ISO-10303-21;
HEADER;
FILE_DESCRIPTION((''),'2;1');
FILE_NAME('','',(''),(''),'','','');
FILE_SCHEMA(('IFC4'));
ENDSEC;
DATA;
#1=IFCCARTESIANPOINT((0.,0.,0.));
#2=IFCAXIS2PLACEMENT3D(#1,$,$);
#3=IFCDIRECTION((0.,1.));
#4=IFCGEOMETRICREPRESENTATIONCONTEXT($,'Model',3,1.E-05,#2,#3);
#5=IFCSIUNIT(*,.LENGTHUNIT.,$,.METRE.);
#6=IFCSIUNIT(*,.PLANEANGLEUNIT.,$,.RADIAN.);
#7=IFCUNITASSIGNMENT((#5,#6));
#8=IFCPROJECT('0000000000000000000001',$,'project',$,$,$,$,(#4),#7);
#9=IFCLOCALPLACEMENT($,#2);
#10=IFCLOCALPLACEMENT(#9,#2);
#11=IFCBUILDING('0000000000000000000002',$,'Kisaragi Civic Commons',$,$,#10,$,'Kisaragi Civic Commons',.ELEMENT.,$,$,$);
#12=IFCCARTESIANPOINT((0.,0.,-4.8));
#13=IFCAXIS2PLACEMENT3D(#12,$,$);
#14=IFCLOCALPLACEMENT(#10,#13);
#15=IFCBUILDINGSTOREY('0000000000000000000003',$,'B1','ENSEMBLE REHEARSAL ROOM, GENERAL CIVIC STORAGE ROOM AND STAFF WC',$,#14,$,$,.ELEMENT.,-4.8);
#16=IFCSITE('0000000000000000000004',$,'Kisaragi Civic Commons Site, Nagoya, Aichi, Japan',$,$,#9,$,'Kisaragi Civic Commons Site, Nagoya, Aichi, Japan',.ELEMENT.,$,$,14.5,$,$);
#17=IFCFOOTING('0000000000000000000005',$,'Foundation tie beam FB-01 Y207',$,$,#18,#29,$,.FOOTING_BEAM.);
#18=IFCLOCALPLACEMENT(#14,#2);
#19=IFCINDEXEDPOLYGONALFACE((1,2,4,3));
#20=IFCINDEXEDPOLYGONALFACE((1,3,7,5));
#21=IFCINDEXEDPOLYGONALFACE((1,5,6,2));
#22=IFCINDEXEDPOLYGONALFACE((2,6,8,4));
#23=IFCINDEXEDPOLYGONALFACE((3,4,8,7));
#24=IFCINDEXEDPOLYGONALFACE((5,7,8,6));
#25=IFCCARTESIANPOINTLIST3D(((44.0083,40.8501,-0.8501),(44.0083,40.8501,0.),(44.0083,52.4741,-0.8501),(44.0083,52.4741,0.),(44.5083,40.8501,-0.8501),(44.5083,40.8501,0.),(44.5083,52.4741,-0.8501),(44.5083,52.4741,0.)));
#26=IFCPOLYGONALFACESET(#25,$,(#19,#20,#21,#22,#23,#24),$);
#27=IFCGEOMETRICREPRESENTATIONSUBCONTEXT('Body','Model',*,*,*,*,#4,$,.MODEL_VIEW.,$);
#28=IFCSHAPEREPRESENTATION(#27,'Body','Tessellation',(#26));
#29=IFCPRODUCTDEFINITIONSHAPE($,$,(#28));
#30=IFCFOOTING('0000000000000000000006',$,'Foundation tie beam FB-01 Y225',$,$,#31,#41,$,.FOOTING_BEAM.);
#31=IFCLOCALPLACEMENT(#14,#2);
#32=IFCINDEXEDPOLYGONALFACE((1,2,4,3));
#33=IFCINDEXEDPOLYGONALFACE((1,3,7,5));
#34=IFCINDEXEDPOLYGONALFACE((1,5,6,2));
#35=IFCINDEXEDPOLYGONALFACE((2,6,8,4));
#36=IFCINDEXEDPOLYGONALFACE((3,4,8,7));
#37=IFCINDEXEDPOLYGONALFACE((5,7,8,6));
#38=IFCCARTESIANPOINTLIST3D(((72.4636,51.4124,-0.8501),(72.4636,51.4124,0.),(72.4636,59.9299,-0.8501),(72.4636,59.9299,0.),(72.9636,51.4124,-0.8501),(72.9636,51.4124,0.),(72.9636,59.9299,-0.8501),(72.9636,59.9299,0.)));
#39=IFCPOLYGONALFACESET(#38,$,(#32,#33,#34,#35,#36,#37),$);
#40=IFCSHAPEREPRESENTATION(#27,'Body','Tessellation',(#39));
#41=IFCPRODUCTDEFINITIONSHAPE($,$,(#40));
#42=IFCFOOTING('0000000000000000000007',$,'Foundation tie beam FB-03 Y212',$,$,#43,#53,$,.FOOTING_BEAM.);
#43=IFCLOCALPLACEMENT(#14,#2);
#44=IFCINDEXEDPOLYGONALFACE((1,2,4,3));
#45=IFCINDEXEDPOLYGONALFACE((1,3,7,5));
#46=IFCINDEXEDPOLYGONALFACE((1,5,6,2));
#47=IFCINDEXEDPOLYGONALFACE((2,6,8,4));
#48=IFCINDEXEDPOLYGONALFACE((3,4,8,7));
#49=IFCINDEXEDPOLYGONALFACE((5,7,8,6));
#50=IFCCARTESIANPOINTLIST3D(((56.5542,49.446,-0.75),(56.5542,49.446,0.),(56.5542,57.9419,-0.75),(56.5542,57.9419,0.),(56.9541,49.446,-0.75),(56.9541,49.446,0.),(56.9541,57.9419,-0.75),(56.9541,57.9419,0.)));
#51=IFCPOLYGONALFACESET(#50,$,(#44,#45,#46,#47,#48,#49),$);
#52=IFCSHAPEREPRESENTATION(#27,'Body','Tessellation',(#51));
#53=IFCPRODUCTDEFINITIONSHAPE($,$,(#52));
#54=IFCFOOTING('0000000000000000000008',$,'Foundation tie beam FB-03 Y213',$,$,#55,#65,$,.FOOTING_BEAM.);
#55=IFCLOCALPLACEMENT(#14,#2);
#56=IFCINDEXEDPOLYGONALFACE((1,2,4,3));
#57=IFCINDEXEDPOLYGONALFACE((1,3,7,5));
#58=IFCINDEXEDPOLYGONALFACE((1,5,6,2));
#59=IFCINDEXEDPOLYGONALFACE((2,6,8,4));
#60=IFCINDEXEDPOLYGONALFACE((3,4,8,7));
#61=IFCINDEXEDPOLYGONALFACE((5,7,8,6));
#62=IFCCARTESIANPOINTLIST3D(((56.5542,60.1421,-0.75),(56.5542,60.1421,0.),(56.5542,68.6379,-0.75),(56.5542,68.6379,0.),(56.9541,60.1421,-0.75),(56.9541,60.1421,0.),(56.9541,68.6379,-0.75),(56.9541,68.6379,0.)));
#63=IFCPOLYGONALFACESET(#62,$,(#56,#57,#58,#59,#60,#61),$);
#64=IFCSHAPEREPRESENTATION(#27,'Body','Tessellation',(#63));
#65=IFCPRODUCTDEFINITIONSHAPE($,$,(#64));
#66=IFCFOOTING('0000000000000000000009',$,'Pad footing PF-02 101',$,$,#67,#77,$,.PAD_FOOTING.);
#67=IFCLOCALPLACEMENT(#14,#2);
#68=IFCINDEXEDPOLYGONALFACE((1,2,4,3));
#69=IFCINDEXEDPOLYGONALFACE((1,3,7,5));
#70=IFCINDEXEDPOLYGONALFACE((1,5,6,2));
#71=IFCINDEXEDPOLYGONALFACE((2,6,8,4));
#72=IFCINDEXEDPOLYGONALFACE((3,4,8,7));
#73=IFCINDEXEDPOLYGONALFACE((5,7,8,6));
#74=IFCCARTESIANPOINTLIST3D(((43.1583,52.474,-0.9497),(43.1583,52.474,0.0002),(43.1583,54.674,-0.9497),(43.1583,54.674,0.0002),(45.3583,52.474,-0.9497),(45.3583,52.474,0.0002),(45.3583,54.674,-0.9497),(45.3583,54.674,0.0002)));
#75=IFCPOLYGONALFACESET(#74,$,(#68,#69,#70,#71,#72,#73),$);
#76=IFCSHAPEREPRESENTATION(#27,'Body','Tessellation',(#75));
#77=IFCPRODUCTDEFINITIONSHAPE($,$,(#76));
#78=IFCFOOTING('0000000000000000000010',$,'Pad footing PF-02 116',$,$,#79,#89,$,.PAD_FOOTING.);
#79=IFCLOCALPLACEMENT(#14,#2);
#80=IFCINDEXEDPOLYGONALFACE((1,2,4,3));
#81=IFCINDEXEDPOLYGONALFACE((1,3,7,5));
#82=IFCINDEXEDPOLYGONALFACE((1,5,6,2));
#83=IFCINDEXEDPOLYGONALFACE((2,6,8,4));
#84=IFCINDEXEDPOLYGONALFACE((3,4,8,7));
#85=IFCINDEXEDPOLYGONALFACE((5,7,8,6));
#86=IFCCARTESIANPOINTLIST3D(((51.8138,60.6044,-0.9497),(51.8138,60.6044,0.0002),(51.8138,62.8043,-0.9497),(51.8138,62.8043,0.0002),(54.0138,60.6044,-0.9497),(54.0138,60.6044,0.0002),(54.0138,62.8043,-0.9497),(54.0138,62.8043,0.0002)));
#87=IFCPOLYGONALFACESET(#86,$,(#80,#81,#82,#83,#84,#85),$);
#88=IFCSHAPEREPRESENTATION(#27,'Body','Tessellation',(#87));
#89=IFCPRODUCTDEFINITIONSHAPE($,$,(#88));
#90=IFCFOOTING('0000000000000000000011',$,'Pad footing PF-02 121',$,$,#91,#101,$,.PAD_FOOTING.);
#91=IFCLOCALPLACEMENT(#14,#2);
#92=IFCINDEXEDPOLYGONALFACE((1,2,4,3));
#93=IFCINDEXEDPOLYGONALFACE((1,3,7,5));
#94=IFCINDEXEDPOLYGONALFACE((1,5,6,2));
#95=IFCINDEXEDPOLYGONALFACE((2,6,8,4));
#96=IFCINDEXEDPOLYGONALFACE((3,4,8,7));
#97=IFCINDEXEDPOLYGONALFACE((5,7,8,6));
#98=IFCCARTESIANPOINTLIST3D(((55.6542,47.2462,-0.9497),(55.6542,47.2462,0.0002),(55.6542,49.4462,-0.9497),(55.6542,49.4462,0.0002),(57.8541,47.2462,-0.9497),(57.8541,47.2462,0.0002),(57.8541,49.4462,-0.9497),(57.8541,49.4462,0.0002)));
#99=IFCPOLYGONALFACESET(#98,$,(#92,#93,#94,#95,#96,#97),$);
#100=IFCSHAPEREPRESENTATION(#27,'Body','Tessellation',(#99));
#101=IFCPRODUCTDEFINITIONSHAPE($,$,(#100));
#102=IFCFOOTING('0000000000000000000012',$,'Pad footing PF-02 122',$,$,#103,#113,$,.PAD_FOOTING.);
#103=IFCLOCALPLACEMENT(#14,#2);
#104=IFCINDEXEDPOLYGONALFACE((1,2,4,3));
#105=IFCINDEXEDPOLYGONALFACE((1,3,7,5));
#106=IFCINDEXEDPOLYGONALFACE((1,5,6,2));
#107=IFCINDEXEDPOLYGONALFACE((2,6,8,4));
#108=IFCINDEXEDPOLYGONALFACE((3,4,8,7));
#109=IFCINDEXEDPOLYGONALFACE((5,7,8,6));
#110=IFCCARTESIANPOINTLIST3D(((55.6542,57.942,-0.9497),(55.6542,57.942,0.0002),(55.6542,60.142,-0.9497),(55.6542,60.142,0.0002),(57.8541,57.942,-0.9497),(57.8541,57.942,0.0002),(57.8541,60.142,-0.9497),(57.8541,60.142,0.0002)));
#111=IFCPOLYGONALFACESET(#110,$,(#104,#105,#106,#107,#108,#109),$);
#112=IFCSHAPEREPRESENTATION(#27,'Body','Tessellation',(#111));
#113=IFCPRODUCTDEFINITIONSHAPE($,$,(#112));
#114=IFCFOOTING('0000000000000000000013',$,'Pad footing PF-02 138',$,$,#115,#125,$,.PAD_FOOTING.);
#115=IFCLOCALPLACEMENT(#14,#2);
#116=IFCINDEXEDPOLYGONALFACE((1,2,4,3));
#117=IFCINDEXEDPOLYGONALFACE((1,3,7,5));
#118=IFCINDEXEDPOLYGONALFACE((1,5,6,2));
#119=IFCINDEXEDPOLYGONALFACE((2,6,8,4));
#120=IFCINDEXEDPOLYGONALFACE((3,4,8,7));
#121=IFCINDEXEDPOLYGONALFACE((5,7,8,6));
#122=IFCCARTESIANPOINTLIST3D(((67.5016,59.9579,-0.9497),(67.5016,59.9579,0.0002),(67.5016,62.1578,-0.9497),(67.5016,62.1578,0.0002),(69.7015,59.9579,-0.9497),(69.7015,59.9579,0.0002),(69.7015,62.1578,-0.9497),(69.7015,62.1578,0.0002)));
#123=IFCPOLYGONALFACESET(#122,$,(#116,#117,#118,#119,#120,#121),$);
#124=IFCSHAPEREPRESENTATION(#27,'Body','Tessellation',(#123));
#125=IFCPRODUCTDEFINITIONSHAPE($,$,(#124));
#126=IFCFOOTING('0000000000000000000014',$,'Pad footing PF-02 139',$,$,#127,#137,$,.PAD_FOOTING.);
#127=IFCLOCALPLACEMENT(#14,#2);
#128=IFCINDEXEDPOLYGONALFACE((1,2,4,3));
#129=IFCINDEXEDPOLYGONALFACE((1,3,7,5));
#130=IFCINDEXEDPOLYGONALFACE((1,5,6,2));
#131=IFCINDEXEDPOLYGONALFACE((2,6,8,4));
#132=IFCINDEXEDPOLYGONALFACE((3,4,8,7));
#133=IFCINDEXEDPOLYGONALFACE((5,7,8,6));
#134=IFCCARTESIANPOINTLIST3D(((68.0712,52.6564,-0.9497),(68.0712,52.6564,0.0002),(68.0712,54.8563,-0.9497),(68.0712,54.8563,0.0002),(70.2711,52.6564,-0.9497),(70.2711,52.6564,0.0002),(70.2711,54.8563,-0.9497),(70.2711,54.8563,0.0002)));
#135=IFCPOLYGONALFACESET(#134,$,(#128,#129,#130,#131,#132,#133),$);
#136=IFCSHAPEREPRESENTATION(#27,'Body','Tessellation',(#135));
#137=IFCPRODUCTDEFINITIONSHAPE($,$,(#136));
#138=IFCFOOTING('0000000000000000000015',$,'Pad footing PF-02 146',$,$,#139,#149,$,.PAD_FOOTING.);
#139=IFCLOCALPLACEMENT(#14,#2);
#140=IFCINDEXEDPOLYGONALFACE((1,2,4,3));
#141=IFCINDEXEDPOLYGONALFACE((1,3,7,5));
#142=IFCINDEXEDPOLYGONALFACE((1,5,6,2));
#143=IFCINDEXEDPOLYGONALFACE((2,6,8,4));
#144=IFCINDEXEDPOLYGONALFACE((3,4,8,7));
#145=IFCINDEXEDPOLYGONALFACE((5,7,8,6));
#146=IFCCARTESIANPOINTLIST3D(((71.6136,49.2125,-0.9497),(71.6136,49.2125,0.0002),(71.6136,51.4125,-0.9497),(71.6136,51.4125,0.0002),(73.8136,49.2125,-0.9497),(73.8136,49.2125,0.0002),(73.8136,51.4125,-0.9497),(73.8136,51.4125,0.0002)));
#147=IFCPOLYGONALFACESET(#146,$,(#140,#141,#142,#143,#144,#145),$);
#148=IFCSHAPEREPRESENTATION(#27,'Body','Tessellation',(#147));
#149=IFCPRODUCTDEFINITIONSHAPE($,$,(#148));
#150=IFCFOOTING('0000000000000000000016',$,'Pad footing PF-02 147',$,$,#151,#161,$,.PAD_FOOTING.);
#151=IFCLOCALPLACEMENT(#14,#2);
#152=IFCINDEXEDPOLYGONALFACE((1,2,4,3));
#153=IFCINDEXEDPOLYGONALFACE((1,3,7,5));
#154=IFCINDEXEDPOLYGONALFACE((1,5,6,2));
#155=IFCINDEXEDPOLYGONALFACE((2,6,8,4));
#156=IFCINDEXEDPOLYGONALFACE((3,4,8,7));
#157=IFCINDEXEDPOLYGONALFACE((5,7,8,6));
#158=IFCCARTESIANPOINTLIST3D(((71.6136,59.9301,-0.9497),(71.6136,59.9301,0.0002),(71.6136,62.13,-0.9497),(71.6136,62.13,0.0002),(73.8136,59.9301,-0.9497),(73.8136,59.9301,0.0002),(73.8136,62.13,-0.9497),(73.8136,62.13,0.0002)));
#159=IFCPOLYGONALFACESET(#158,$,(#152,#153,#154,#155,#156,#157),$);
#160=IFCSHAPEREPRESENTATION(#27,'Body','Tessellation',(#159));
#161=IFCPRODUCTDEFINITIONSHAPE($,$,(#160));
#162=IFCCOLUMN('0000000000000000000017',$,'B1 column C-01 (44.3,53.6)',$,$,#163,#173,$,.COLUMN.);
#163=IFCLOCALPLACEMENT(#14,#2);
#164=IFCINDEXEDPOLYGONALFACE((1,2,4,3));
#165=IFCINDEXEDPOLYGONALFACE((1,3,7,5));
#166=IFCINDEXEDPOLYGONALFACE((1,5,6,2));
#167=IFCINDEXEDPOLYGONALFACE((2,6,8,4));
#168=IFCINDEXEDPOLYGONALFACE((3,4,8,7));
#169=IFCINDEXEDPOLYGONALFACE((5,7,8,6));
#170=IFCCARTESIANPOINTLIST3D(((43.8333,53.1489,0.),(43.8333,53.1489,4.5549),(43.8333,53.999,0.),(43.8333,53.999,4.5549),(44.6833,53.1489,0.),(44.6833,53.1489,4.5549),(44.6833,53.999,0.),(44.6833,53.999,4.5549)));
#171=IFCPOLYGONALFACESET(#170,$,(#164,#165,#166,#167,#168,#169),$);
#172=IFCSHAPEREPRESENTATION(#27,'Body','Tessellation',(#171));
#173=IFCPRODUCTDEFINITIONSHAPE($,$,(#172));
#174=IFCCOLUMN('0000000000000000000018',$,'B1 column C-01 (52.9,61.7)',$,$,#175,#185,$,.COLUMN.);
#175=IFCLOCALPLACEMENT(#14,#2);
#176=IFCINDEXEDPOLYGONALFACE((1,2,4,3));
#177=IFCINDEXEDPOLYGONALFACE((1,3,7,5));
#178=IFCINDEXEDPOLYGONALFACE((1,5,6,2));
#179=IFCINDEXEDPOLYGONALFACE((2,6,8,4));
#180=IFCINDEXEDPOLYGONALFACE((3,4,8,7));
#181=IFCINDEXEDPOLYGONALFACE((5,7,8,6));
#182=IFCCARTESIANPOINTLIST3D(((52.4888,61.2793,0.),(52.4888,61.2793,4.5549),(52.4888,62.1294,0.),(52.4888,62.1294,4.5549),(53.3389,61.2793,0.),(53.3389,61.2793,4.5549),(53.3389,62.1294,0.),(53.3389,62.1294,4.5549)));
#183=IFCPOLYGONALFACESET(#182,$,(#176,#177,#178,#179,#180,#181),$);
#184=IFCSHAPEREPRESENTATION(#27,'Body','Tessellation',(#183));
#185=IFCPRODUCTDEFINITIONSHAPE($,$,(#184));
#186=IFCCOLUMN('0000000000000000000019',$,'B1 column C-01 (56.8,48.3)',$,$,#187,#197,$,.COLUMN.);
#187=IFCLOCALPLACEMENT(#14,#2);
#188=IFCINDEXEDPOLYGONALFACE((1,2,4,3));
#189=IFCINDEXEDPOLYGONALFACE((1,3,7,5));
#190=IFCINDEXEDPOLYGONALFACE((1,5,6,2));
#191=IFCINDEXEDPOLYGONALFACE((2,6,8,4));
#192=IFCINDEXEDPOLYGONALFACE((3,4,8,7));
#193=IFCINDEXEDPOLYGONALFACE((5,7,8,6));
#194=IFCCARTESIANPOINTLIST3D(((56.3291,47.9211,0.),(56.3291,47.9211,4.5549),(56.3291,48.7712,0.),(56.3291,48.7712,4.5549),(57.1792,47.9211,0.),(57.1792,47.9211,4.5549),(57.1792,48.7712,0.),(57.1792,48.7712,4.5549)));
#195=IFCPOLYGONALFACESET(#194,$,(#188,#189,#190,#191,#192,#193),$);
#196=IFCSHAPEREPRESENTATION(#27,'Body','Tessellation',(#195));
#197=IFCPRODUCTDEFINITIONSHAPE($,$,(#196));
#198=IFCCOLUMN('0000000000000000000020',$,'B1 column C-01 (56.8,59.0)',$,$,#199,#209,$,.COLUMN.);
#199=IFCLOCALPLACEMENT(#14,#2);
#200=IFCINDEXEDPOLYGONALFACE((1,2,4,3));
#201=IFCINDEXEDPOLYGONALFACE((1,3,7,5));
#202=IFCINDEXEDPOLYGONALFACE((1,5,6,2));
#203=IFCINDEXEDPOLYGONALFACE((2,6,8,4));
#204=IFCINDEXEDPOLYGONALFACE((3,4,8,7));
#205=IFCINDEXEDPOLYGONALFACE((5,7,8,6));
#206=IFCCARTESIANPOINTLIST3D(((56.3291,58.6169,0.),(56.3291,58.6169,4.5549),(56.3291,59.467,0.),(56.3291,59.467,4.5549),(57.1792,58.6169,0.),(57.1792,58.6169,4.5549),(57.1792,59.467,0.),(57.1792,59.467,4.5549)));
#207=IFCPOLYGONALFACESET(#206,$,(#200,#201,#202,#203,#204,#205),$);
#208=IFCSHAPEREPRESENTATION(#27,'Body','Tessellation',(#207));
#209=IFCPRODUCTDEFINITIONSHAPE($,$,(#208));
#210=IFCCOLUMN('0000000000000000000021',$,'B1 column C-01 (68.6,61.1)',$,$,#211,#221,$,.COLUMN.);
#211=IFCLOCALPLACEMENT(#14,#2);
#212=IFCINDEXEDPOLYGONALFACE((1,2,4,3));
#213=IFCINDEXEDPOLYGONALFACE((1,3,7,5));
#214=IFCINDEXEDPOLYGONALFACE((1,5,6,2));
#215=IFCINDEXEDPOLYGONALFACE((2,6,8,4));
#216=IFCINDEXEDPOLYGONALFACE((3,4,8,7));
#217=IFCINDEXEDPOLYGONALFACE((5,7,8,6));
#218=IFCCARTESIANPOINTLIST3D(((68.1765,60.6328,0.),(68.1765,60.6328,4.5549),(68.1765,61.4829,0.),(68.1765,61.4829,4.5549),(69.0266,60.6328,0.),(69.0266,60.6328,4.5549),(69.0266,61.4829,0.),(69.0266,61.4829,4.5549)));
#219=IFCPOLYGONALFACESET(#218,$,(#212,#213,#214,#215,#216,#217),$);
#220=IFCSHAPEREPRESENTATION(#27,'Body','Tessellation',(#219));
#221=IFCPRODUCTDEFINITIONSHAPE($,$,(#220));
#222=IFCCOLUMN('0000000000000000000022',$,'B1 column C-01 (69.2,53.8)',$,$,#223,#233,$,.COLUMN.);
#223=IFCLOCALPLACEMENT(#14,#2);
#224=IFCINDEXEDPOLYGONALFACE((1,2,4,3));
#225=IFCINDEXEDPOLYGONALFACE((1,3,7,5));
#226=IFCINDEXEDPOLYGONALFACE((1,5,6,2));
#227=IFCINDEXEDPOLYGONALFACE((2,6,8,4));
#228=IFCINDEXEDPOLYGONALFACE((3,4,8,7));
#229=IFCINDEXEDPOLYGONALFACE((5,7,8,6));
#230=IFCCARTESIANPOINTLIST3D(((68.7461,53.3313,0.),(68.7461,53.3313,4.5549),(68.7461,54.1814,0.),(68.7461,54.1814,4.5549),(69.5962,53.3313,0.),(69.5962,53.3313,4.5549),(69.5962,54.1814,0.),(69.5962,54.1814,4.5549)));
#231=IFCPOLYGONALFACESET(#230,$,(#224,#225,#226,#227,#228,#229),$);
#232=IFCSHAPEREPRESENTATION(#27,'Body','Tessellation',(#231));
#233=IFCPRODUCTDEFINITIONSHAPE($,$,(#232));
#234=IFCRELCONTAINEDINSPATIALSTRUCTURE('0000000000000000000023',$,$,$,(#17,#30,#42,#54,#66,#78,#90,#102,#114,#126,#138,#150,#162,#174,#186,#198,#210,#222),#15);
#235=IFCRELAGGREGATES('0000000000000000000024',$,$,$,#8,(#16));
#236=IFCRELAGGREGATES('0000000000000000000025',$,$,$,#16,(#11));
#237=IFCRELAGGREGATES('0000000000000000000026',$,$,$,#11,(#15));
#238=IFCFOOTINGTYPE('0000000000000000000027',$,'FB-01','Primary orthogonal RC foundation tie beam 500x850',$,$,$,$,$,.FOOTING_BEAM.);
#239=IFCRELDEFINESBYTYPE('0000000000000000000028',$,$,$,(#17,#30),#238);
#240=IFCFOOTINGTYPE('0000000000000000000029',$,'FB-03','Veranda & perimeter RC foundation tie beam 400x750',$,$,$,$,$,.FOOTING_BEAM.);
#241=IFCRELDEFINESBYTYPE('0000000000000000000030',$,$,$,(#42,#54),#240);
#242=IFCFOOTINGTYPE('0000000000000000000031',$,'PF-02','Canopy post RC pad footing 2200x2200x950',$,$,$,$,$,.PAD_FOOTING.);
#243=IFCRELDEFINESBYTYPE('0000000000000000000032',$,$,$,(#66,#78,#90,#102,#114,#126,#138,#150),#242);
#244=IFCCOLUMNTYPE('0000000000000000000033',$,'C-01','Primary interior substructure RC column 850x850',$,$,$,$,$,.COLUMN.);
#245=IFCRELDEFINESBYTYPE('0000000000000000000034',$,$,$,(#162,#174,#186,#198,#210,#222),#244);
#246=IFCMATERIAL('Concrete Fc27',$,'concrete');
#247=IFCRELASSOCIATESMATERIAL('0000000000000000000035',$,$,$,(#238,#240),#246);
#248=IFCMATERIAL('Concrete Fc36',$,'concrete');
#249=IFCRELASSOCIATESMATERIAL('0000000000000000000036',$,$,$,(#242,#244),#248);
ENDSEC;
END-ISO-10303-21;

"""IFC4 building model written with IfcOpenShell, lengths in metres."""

from ifc_helpers import new_model, si_unit, direction, frame, origin, origin_2d, place, context, subcontext, project, spatial, rectangle, extrude, material, material_profile, profile_set, type_object, element, save


model = new_model("IFC4")

# Units and contexts
model_context = context("Model", 3, precision=1e-05, world=origin(), true_north=direction((0.0, 1.0)))
body_context = subcontext(model_context, "Body", "Model", "MODEL_VIEW")
ifc_project = project(units=[si_unit("LENGTHUNIT", "METRE"), si_unit("PLANEANGLEUNIT", "RADIAN")], contexts=[model_context])

# Site, building, storey
site_placement = place(None, origin())
site = spatial("IfcSite", under=ifc_project, at=site_placement, Name="Kisaragi Civic Commons Site, Nagoya, Aichi, Japan", LongName="Kisaragi Civic Commons Site, Nagoya, Aichi, Japan", CompositionType="ELEMENT", RefElevation=14.5)
building_placement = place(site_placement, origin())
building = spatial("IfcBuilding", under=site, at=building_placement, Name="Kisaragi Civic Commons", LongName="Kisaragi Civic Commons", CompositionType="ELEMENT")
storey_placement = place(building_placement, frame((0.0, 0.0, -4.8)))
storey = spatial("IfcBuildingStorey", under=building, at=storey_placement, Name="B1", Description="ENSEMBLE REHEARSAL ROOM, GENERAL CIVIC STORAGE ROOM AND STAFF WC", CompositionType="ELEMENT", Elevation=-4.8)

# Footings
ifc_material_1 = material(Name="Concrete Fc27", Category="concrete")
ifc_material_profile_1 = material_profile(ifc_material_1, rectangle(XDim=0.5, YDim=0.8501, at=origin_2d()), Name="RC-500x850", Category="concrete")
ifc_profile_set_1 = profile_set([ifc_material_profile_1], Name="Concrete Fc27")
footing_type_1 = type_object("IfcFootingType", Name="FB-01", Description="Primary orthogonal RC foundation tie beam 500x850", PredefinedType="FOOTING_BEAM", material=ifc_profile_set_1)
footing_1_placement = place(storey_placement, frame((44.2583, 40.8501, -0.425), z_axis=(0.0, 1.0, 0.0), x_axis=(-1.0, 0.0, 0.0)))
element("IfcFooting", 1, at=footing_1_placement, inside=storey, type_object=footing_type_1, Name="Foundation tie beam FB-01 Y207", PredefinedType="FOOTING_BEAM", context=body_context, shape_type="SweptSolid", body=[
    extrude(rectangle(XDim=0.5, YDim=0.8501, at=origin_2d()), origin(), (0.0, 0.0, 1.0), 11.624),
])
footing_2_placement = place(storey_placement, frame((72.7136, 51.4124, -0.425), z_axis=(0.0, 1.0, 0.0), x_axis=(-1.0, 0.0, 0.0)))
element("IfcFooting", 2, at=footing_2_placement, inside=storey, type_object=footing_type_1, Name="Foundation tie beam FB-01 Y225", PredefinedType="FOOTING_BEAM", context=body_context, shape_type="SweptSolid", body=[
    extrude(rectangle(XDim=0.5, YDim=0.8501, at=origin_2d()), origin(), (0.0, 0.0, 1.0), 8.5176),
])
ifc_material_profile_2 = material_profile(ifc_material_1, rectangle(XDim=0.3999, YDim=0.75, at=origin_2d()), Name="RC-400x750", Category="concrete")
ifc_profile_set_2 = profile_set([ifc_material_profile_2], Name="Concrete Fc27")
footing_type_2 = type_object("IfcFootingType", Name="FB-03", Description="Veranda & perimeter RC foundation tie beam 400x750", PredefinedType="FOOTING_BEAM", material=ifc_profile_set_2)
for number, where, z_axis, x_axis, name in (
    (3, (56.7542, 49.446, -0.375), (0.0, 1.0, 0.0), (-1.0, 0.0, 0.0), "Foundation tie beam FB-03 Y212"),
    (4, (56.7542, 60.1421, -0.375), (0.0, 1.0, 0.0), (-1.0, 0.0, 0.0), "Foundation tie beam FB-03 Y213"),
):
    element("IfcFooting", number, at=place(storey_placement, frame(where, z_axis=z_axis, x_axis=x_axis)), inside=storey, type_object=footing_type_2, Name=name, PredefinedType="FOOTING_BEAM", context=body_context, shape_type="SweptSolid", body=[
        extrude(rectangle(XDim=0.3999, YDim=0.75, at=origin_2d()), origin(), (0.0, 0.0, 1.0), 8.4958),
    ])
ifc_material_2 = material(Name="Concrete Fc36", Category="concrete")
footing_type_3 = type_object("IfcFootingType", Name="PF-02", Description="Canopy post RC pad footing 2200x2200x950", PredefinedType="PAD_FOOTING", material=ifc_material_2)
for number, where, z_axis, x_axis, name in (
    (5, (44.2583, 53.574, -0.9497), (0.0, 0.0, 1.0), (1.0, 0.0, 0.0), "Pad footing PF-02 101"),
    (6, (52.9138, 61.7043, -0.9497), (0.0, 0.0, 1.0), (1.0, 0.0, 0.0), "Pad footing PF-02 116"),
    (7, (56.7542, 48.3462, -0.9497), (0.0, 0.0, 1.0), (1.0, 0.0, 0.0), "Pad footing PF-02 121"),
    (8, (56.7542, 59.042, -0.9497), (0.0, 0.0, 1.0), (1.0, 0.0, 0.0), "Pad footing PF-02 122"),
    (9, (68.6016, 61.0579, -0.9497), (0.0, 0.0, 1.0), (1.0, 0.0, 0.0), "Pad footing PF-02 138"),
    (10, (69.1711, 53.7563, -0.9497), (0.0, 0.0, 1.0), (1.0, 0.0, 0.0), "Pad footing PF-02 139"),
    (11, (72.7136, 50.3125, -0.9497), (0.0, 0.0, 1.0), (1.0, 0.0, 0.0), "Pad footing PF-02 146"),
    (12, (72.7136, 61.03, -0.9497), (0.0, 0.0, 1.0), (1.0, 0.0, 0.0), "Pad footing PF-02 147"),
):
    element("IfcFooting", number, at=place(storey_placement, frame(where, z_axis=z_axis, x_axis=x_axis)), inside=storey, type_object=footing_type_3, Name=name, PredefinedType="PAD_FOOTING", context=body_context, shape_type="SweptSolid", body=[
        extrude(rectangle(XDim=2.2, YDim=2.2, at=origin_2d()), origin(), (0.0, 0.0, 1.0), 0.95),
    ])

# Columns
ifc_material_profile_3 = material_profile(ifc_material_2, rectangle(XDim=0.8501, YDim=0.8501, at=origin_2d()), Name="RC-850x850", Category="concrete")
ifc_profile_set_3 = profile_set([ifc_material_profile_3], Name="Concrete Fc36")
column_type = type_object("IfcColumnType", Name="C-01", Description="Primary interior substructure RC column 850x850", PredefinedType="COLUMN", material=ifc_profile_set_3)
for number, where, z_axis, x_axis, name in (
    (13, (44.2583, 53.574, 0.0), (0.0, 0.0, 1.0), (1.0, 0.0, 0.0), "B1 column C-01 (44.3,53.6)"),
    (14, (52.9138, 61.7043, 0.0), (0.0, 0.0, 1.0), (1.0, 0.0, 0.0), "B1 column C-01 (52.9,61.7)"),
    (15, (56.7542, 48.3462, 0.0), (0.0, 0.0, 1.0), (1.0, 0.0, 0.0), "B1 column C-01 (56.8,48.3)"),
    (16, (56.7542, 59.042, 0.0), (0.0, 0.0, 1.0), (1.0, 0.0, 0.0), "B1 column C-01 (56.8,59.0)"),
    (17, (68.6016, 61.0579, 0.0), (0.0, 0.0, 1.0), (1.0, 0.0, 0.0), "B1 column C-01 (68.6,61.1)"),
    (18, (69.1711, 53.7563, 0.0), (0.0, 0.0, 1.0), (1.0, 0.0, 0.0), "B1 column C-01 (69.2,53.8)"),
):
    element("IfcColumn", number, at=place(storey_placement, frame(where, z_axis=z_axis, x_axis=x_axis)), inside=storey, type_object=column_type, Name=name, PredefinedType="COLUMN", context=body_context, shape_type="SweptSolid", body=[
        extrude(rectangle(XDim=0.8501, YDim=0.8501, at=origin_2d()), origin(), (0.0, 0.0, 1.0), 4.5549),
    ])

save(model, "model.ifc")
